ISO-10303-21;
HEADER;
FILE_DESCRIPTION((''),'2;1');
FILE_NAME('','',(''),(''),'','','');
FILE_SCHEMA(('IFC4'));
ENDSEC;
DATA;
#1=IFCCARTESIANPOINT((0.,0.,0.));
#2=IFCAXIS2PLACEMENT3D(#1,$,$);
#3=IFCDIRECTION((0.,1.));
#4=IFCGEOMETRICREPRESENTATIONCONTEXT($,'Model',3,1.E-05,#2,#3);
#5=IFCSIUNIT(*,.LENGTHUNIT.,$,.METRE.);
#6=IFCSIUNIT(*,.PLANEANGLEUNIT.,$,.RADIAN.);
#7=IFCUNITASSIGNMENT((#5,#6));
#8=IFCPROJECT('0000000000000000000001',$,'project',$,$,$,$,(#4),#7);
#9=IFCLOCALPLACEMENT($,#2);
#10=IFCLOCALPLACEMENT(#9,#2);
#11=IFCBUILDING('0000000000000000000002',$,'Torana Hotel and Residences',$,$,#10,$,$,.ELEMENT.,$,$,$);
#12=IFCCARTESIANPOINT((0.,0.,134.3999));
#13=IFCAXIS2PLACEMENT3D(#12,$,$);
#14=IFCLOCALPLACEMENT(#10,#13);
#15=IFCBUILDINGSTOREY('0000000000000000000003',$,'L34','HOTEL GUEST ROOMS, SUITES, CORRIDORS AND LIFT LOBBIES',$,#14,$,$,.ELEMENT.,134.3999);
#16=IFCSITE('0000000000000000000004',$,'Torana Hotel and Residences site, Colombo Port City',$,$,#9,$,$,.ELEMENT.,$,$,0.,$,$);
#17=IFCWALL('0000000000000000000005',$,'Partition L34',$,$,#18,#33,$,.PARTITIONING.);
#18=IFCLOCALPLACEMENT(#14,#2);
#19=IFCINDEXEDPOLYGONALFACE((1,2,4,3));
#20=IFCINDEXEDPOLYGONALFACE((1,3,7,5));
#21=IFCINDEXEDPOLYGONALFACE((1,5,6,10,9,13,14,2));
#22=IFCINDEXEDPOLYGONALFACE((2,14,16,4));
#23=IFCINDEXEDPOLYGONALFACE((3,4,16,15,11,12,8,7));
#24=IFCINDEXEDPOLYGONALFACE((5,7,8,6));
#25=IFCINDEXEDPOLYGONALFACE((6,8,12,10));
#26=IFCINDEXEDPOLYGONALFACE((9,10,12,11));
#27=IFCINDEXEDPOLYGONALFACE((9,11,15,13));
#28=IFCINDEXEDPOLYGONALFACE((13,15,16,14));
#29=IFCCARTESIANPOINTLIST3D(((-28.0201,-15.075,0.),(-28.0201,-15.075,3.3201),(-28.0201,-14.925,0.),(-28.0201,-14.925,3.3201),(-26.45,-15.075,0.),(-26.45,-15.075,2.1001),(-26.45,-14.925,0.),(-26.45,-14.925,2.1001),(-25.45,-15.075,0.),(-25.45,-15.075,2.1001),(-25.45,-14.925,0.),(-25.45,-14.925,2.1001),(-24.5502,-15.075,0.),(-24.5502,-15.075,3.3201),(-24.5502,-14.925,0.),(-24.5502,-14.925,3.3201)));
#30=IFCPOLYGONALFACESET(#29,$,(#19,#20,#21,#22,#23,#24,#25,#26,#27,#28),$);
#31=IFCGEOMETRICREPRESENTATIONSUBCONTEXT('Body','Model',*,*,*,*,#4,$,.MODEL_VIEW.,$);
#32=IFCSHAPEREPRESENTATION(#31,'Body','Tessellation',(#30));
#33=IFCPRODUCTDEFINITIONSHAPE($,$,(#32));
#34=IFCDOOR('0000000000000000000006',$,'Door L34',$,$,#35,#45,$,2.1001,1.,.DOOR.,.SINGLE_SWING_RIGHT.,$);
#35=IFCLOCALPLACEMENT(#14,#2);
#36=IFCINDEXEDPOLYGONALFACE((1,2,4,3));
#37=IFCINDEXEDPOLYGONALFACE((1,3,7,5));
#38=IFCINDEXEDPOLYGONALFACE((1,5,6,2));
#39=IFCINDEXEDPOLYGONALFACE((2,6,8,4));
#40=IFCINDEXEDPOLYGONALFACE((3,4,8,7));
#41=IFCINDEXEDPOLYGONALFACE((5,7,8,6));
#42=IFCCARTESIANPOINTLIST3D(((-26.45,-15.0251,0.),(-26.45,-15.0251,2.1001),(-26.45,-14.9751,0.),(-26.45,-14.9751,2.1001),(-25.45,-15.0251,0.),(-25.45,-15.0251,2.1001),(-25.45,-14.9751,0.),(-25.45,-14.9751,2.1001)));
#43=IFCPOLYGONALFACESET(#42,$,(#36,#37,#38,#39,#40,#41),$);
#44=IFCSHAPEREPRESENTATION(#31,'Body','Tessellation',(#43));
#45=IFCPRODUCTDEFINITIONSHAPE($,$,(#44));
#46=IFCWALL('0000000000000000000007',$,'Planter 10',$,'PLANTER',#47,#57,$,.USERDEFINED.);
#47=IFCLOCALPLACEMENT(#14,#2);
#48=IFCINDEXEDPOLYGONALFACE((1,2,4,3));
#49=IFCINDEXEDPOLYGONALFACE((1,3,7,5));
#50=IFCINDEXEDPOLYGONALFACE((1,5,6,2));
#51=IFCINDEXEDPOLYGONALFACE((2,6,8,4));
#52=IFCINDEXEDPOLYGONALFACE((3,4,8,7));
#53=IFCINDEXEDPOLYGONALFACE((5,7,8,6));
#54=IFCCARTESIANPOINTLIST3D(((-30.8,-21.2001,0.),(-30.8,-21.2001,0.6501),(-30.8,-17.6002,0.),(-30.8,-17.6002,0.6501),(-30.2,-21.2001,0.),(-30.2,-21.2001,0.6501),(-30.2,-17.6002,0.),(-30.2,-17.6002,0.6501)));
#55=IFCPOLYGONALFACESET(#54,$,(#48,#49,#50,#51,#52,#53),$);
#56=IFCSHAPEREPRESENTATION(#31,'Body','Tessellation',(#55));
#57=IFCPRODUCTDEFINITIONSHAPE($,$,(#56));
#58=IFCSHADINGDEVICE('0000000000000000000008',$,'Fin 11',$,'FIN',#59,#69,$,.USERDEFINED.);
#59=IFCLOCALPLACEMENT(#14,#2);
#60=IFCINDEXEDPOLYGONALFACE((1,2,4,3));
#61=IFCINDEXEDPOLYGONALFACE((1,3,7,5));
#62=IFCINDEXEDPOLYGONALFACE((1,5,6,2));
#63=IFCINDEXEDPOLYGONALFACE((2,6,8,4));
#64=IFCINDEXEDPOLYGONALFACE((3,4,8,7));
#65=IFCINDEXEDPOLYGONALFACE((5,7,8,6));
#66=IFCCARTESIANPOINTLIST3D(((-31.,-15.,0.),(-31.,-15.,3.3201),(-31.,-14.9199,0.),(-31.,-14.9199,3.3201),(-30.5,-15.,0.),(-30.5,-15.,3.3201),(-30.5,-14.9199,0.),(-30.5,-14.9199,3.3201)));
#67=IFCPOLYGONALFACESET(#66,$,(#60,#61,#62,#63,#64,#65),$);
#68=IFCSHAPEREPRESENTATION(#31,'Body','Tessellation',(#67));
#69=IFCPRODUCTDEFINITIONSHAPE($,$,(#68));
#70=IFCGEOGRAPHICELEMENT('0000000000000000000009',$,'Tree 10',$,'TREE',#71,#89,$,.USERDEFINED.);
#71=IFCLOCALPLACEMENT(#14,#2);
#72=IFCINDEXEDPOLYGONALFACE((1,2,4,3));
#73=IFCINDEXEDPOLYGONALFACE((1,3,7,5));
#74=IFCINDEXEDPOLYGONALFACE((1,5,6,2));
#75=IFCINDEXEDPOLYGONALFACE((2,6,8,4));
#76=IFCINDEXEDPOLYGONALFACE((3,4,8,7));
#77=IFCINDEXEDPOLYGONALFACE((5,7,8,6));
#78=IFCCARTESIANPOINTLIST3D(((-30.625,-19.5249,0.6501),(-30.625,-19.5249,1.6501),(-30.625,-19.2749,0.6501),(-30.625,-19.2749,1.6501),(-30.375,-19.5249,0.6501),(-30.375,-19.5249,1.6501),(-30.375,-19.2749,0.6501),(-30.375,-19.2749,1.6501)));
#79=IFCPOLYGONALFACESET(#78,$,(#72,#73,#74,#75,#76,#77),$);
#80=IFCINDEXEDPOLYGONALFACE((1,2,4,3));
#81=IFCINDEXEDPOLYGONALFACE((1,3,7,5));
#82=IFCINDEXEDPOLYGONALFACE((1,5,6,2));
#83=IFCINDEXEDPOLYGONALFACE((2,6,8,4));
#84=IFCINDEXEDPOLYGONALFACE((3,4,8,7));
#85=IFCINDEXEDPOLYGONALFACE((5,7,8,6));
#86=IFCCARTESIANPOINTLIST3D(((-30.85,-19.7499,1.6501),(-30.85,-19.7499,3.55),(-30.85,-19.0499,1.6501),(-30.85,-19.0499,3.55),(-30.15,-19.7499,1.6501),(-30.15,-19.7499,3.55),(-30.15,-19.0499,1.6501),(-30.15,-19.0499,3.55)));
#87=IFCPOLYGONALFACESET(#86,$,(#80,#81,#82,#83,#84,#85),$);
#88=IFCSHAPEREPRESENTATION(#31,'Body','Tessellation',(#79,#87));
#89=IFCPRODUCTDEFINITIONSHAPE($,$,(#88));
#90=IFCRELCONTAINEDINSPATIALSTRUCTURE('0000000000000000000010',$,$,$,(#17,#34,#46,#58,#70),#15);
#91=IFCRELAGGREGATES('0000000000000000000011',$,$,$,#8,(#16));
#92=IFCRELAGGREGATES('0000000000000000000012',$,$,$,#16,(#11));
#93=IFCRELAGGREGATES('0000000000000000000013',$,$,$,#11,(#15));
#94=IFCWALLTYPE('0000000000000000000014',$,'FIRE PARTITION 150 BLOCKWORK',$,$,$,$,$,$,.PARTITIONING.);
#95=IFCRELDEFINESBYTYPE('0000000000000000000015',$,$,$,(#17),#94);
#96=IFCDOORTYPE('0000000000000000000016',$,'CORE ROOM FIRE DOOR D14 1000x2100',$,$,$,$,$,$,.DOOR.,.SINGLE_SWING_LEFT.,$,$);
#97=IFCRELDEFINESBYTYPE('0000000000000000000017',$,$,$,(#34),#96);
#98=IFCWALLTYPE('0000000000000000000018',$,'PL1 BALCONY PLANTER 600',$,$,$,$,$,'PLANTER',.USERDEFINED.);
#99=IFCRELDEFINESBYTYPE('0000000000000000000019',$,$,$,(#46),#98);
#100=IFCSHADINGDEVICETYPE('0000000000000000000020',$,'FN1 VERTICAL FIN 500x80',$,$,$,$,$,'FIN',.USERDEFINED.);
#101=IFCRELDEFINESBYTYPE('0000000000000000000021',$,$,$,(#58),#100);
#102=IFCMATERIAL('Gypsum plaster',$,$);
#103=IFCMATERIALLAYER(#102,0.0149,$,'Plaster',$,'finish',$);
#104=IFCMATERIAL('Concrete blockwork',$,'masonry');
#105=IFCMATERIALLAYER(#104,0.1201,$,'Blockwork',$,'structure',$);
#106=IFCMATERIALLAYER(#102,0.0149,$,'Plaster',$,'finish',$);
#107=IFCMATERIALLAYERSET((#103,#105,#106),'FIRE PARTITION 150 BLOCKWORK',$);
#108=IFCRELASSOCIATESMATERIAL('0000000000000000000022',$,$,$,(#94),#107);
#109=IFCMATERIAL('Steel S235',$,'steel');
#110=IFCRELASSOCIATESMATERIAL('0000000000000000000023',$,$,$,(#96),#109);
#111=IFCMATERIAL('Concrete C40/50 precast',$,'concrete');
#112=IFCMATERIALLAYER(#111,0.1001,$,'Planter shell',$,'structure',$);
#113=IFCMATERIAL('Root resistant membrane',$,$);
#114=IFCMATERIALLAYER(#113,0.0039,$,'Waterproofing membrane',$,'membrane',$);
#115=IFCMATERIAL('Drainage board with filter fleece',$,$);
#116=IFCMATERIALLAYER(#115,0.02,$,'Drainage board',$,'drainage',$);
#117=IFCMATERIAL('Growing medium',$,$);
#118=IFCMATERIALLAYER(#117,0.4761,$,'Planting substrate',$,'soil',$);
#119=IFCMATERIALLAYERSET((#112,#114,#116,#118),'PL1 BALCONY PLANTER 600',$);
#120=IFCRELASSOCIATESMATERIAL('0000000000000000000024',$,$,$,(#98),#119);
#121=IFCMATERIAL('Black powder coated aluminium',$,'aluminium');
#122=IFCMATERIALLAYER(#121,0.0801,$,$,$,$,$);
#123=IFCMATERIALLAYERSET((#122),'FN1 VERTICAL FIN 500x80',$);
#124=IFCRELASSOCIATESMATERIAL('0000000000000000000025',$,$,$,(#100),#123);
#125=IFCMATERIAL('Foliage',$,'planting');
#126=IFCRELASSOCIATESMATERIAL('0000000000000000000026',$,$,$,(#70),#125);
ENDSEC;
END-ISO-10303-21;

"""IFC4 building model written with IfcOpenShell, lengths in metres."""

from ifc_helpers import new_model, si_unit, direction, frame, frame_2d, origin, origin_2d, place, context, subcontext, project, spatial, rectangle, extrude, material, layer, layer_set, type_object, element, fill, save


model = new_model("IFC4")

# Units and contexts
model_context = context("Model", 3, precision=1e-05, world=origin(), true_north=direction((0.0, 1.0)))
body_context = subcontext(model_context, "Body", "Model", "MODEL_VIEW")
ifc_project = project(units=[si_unit("LENGTHUNIT", "METRE"), si_unit("PLANEANGLEUNIT", "RADIAN")], contexts=[model_context])

# Site, building, storey
site_placement = place(None, origin())
site = spatial("IfcSite", under=ifc_project, at=site_placement, Name="Torana Hotel and Residences site, Colombo Port City", CompositionType="ELEMENT", RefElevation=0.0)
building_placement = place(site_placement, origin())
building = spatial("IfcBuilding", under=site, at=building_placement, Name="Torana Hotel and Residences", CompositionType="ELEMENT")
storey_placement = place(building_placement, frame((0.0, 0.0, 134.3999)))
storey = spatial("IfcBuildingStorey", under=building, at=storey_placement, Name="L34", Description="HOTEL GUEST ROOMS, SUITES, CORRIDORS AND LIFT LOBBIES", CompositionType="ELEMENT", Elevation=134.3999)

# Shared definitions
ifc_material_1 = material(Name="Gypsum plaster")
ifc_layer_1 = layer(ifc_material_1, 0.0149, Name="Plaster", Category="finish")
ifc_material_2 = material(Name="Concrete blockwork", Category="masonry")
ifc_layer_2 = layer(ifc_material_2, 0.1201, Name="Blockwork", Category="structure")
ifc_layer_3 = layer(ifc_material_1, 0.0149, Name="Plaster", Category="finish")
ifc_layer_set_1 = layer_set([ifc_layer_1, ifc_layer_2, ifc_layer_3], Name="FIRE PARTITION 150 BLOCKWORK")
wall_type_1 = type_object("IfcWallType", Name="FIRE PARTITION 150 BLOCKWORK", PredefinedType="PARTITIONING", material=ifc_layer_set_1)

# Wall, opening, door
wall_1_placement = place(storey_placement, frame((-28.02, -15.0, 0.0), z_axis=(0.0, 0.0, 1.0), x_axis=(1.0, 0.0, 0.0)))
wall_1 = element("IfcWall", 1, at=wall_1_placement, inside=storey, type_object=wall_type_1, Name="Partition L34", PredefinedType="PARTITIONING", context=body_context, shape_type="SweptSolid", body=[
    extrude(rectangle(XDim=3.47, YDim=0.1499, at=frame_2d((1.7349, 0.0))), origin(), (0.0, 0.0, 1.0), 3.3201),
])
opening_1_placement = place(wall_1_placement, frame((1.5701, 0.0, 0.0)))
opening_1 = element("IfcOpeningElement", 2, at=opening_1_placement, cuts=wall_1, PredefinedType="OPENING", context=body_context, shape_type="SweptSolid", body=[
    extrude(rectangle(XDim=1.0, YDim=2.1001, at=frame_2d((0.5, 1.05))), frame((0.0, 0.085, 0.0), z_axis=(0.0, -1.0, 0.0), x_axis=(1.0, 0.0, 0.0)), (0.0, 0.0, 1.0), 0.1699),
])
ifc_material_3 = material(Name="Steel S235", Category="steel")
door_type_1 = type_object("IfcDoorType", Name="CORE ROOM FIRE DOOR D14 1000x2100", OperationType="SINGLE_SWING_LEFT", PredefinedType="DOOR", material=ifc_material_3)
door_1_placement = place(opening_1_placement, origin())
door_1 = element("IfcDoor", 3, at=door_1_placement, inside=storey, type_object=door_type_1, Name="Door L34", OperationType="SINGLE_SWING_RIGHT", OverallHeight=2.1001, OverallWidth=1.0, PredefinedType="DOOR", context=body_context, shape_type="SweptSolid", body=[
    extrude(rectangle(XDim=1.0, YDim=2.1001, at=frame_2d((0.5, 1.05))), frame((0.0, 0.0249, 0.0), z_axis=(0.0, -1.0, 0.0), x_axis=(1.0, 0.0, 0.0)), (0.0, 0.0, 1.0), 0.05),
])
fill(opening_1, door_1)

# Wall
ifc_material_4 = material(Name="Concrete C40/50 precast", Category="concrete")
ifc_layer_4 = layer(ifc_material_4, 0.1001, Name="Planter shell", Category="structure")
ifc_material_5 = material(Name="Root resistant membrane")
ifc_layer_5 = layer(ifc_material_5, 0.0039, Name="Waterproofing membrane", Category="membrane")
ifc_material_6 = material(Name="Drainage board with filter fleece")
ifc_layer_6 = layer(ifc_material_6, 0.02, Name="Drainage board", Category="drainage")
ifc_material_7 = material(Name="Growing medium")
ifc_layer_7 = layer(ifc_material_7, 0.4761, Name="Planting substrate", Category="soil")
ifc_layer_set_2 = layer_set([ifc_layer_4, ifc_layer_5, ifc_layer_6, ifc_layer_7], Name="PL1 BALCONY PLANTER 600")
wall_type_2 = type_object("IfcWallType", Name="PL1 BALCONY PLANTER 600", ElementType="PLANTER", PredefinedType="USERDEFINED", material=ifc_layer_set_2)
wall_2_placement = place(storey_placement, frame((-30.5, -21.2, 0.0), z_axis=(0.0, 0.0, 1.0), x_axis=(0.0, 1.0, 0.0)))
element("IfcWall", 4, at=wall_2_placement, inside=storey, type_object=wall_type_2, Name="Planter 10", ObjectType="PLANTER", PredefinedType="USERDEFINED", context=body_context, shape_type="SweptSolid", body=[
    extrude(rectangle(XDim=3.5999, YDim=0.6001, at=frame_2d((1.7998, 0.0))), origin(), (0.0, 0.0, 1.0), 0.6501),
])

# Shading device
ifc_material_8 = material(Name="Black powder coated aluminium", Category="aluminium")
ifc_layer_8 = layer(ifc_material_8, 0.0801)
ifc_layer_set_3 = layer_set([ifc_layer_8], Name="FN1 VERTICAL FIN 500x80")
shading_device_type = type_object("IfcShadingDeviceType", Name="FN1 VERTICAL FIN 500x80", ElementType="FIN", PredefinedType="USERDEFINED", material=ifc_layer_set_3)
shading_device_placement = place(storey_placement, frame((-30.75, -14.96, 0.0), z_axis=(0.0, 0.0, 1.0), x_axis=(0.0, 1.0, 0.0)))
element("IfcShadingDevice", 5, at=shading_device_placement, inside=storey, type_object=shading_device_type, Name="Fin 11", ObjectType="FIN", PredefinedType="USERDEFINED", context=body_context, shape_type="SweptSolid", body=[
    extrude(rectangle(XDim=0.0801, YDim=0.5, at=origin_2d()), origin(), (0.0, 0.0, 1.0), 3.3201),
])

# Geographic element
ifc_material_9 = material(Name="Foliage", Category="planting")
geographic_element_placement = place(storey_placement, frame((-30.5, -19.3999, 0.6501), z_axis=(0.0, 0.0, 1.0), x_axis=(1.0, 0.0, 0.0)))
element("IfcGeographicElement", 6, at=geographic_element_placement, inside=storey, material=ifc_material_9, Name="Tree 10", ObjectType="TREE", PredefinedType="USERDEFINED", context=body_context, shape_type="SweptSolid", body=[
    extrude(rectangle(XDim=0.25, YDim=0.25, at=origin_2d()), origin(), (0.0, 0.0, 1.0), 1.0),
    extrude(rectangle(XDim=0.7, YDim=0.7, at=origin_2d()), frame((0.0, 0.0, 1.0)), (0.0, 0.0, 1.0), 1.8999),
])

save(model, "model.ifc")
